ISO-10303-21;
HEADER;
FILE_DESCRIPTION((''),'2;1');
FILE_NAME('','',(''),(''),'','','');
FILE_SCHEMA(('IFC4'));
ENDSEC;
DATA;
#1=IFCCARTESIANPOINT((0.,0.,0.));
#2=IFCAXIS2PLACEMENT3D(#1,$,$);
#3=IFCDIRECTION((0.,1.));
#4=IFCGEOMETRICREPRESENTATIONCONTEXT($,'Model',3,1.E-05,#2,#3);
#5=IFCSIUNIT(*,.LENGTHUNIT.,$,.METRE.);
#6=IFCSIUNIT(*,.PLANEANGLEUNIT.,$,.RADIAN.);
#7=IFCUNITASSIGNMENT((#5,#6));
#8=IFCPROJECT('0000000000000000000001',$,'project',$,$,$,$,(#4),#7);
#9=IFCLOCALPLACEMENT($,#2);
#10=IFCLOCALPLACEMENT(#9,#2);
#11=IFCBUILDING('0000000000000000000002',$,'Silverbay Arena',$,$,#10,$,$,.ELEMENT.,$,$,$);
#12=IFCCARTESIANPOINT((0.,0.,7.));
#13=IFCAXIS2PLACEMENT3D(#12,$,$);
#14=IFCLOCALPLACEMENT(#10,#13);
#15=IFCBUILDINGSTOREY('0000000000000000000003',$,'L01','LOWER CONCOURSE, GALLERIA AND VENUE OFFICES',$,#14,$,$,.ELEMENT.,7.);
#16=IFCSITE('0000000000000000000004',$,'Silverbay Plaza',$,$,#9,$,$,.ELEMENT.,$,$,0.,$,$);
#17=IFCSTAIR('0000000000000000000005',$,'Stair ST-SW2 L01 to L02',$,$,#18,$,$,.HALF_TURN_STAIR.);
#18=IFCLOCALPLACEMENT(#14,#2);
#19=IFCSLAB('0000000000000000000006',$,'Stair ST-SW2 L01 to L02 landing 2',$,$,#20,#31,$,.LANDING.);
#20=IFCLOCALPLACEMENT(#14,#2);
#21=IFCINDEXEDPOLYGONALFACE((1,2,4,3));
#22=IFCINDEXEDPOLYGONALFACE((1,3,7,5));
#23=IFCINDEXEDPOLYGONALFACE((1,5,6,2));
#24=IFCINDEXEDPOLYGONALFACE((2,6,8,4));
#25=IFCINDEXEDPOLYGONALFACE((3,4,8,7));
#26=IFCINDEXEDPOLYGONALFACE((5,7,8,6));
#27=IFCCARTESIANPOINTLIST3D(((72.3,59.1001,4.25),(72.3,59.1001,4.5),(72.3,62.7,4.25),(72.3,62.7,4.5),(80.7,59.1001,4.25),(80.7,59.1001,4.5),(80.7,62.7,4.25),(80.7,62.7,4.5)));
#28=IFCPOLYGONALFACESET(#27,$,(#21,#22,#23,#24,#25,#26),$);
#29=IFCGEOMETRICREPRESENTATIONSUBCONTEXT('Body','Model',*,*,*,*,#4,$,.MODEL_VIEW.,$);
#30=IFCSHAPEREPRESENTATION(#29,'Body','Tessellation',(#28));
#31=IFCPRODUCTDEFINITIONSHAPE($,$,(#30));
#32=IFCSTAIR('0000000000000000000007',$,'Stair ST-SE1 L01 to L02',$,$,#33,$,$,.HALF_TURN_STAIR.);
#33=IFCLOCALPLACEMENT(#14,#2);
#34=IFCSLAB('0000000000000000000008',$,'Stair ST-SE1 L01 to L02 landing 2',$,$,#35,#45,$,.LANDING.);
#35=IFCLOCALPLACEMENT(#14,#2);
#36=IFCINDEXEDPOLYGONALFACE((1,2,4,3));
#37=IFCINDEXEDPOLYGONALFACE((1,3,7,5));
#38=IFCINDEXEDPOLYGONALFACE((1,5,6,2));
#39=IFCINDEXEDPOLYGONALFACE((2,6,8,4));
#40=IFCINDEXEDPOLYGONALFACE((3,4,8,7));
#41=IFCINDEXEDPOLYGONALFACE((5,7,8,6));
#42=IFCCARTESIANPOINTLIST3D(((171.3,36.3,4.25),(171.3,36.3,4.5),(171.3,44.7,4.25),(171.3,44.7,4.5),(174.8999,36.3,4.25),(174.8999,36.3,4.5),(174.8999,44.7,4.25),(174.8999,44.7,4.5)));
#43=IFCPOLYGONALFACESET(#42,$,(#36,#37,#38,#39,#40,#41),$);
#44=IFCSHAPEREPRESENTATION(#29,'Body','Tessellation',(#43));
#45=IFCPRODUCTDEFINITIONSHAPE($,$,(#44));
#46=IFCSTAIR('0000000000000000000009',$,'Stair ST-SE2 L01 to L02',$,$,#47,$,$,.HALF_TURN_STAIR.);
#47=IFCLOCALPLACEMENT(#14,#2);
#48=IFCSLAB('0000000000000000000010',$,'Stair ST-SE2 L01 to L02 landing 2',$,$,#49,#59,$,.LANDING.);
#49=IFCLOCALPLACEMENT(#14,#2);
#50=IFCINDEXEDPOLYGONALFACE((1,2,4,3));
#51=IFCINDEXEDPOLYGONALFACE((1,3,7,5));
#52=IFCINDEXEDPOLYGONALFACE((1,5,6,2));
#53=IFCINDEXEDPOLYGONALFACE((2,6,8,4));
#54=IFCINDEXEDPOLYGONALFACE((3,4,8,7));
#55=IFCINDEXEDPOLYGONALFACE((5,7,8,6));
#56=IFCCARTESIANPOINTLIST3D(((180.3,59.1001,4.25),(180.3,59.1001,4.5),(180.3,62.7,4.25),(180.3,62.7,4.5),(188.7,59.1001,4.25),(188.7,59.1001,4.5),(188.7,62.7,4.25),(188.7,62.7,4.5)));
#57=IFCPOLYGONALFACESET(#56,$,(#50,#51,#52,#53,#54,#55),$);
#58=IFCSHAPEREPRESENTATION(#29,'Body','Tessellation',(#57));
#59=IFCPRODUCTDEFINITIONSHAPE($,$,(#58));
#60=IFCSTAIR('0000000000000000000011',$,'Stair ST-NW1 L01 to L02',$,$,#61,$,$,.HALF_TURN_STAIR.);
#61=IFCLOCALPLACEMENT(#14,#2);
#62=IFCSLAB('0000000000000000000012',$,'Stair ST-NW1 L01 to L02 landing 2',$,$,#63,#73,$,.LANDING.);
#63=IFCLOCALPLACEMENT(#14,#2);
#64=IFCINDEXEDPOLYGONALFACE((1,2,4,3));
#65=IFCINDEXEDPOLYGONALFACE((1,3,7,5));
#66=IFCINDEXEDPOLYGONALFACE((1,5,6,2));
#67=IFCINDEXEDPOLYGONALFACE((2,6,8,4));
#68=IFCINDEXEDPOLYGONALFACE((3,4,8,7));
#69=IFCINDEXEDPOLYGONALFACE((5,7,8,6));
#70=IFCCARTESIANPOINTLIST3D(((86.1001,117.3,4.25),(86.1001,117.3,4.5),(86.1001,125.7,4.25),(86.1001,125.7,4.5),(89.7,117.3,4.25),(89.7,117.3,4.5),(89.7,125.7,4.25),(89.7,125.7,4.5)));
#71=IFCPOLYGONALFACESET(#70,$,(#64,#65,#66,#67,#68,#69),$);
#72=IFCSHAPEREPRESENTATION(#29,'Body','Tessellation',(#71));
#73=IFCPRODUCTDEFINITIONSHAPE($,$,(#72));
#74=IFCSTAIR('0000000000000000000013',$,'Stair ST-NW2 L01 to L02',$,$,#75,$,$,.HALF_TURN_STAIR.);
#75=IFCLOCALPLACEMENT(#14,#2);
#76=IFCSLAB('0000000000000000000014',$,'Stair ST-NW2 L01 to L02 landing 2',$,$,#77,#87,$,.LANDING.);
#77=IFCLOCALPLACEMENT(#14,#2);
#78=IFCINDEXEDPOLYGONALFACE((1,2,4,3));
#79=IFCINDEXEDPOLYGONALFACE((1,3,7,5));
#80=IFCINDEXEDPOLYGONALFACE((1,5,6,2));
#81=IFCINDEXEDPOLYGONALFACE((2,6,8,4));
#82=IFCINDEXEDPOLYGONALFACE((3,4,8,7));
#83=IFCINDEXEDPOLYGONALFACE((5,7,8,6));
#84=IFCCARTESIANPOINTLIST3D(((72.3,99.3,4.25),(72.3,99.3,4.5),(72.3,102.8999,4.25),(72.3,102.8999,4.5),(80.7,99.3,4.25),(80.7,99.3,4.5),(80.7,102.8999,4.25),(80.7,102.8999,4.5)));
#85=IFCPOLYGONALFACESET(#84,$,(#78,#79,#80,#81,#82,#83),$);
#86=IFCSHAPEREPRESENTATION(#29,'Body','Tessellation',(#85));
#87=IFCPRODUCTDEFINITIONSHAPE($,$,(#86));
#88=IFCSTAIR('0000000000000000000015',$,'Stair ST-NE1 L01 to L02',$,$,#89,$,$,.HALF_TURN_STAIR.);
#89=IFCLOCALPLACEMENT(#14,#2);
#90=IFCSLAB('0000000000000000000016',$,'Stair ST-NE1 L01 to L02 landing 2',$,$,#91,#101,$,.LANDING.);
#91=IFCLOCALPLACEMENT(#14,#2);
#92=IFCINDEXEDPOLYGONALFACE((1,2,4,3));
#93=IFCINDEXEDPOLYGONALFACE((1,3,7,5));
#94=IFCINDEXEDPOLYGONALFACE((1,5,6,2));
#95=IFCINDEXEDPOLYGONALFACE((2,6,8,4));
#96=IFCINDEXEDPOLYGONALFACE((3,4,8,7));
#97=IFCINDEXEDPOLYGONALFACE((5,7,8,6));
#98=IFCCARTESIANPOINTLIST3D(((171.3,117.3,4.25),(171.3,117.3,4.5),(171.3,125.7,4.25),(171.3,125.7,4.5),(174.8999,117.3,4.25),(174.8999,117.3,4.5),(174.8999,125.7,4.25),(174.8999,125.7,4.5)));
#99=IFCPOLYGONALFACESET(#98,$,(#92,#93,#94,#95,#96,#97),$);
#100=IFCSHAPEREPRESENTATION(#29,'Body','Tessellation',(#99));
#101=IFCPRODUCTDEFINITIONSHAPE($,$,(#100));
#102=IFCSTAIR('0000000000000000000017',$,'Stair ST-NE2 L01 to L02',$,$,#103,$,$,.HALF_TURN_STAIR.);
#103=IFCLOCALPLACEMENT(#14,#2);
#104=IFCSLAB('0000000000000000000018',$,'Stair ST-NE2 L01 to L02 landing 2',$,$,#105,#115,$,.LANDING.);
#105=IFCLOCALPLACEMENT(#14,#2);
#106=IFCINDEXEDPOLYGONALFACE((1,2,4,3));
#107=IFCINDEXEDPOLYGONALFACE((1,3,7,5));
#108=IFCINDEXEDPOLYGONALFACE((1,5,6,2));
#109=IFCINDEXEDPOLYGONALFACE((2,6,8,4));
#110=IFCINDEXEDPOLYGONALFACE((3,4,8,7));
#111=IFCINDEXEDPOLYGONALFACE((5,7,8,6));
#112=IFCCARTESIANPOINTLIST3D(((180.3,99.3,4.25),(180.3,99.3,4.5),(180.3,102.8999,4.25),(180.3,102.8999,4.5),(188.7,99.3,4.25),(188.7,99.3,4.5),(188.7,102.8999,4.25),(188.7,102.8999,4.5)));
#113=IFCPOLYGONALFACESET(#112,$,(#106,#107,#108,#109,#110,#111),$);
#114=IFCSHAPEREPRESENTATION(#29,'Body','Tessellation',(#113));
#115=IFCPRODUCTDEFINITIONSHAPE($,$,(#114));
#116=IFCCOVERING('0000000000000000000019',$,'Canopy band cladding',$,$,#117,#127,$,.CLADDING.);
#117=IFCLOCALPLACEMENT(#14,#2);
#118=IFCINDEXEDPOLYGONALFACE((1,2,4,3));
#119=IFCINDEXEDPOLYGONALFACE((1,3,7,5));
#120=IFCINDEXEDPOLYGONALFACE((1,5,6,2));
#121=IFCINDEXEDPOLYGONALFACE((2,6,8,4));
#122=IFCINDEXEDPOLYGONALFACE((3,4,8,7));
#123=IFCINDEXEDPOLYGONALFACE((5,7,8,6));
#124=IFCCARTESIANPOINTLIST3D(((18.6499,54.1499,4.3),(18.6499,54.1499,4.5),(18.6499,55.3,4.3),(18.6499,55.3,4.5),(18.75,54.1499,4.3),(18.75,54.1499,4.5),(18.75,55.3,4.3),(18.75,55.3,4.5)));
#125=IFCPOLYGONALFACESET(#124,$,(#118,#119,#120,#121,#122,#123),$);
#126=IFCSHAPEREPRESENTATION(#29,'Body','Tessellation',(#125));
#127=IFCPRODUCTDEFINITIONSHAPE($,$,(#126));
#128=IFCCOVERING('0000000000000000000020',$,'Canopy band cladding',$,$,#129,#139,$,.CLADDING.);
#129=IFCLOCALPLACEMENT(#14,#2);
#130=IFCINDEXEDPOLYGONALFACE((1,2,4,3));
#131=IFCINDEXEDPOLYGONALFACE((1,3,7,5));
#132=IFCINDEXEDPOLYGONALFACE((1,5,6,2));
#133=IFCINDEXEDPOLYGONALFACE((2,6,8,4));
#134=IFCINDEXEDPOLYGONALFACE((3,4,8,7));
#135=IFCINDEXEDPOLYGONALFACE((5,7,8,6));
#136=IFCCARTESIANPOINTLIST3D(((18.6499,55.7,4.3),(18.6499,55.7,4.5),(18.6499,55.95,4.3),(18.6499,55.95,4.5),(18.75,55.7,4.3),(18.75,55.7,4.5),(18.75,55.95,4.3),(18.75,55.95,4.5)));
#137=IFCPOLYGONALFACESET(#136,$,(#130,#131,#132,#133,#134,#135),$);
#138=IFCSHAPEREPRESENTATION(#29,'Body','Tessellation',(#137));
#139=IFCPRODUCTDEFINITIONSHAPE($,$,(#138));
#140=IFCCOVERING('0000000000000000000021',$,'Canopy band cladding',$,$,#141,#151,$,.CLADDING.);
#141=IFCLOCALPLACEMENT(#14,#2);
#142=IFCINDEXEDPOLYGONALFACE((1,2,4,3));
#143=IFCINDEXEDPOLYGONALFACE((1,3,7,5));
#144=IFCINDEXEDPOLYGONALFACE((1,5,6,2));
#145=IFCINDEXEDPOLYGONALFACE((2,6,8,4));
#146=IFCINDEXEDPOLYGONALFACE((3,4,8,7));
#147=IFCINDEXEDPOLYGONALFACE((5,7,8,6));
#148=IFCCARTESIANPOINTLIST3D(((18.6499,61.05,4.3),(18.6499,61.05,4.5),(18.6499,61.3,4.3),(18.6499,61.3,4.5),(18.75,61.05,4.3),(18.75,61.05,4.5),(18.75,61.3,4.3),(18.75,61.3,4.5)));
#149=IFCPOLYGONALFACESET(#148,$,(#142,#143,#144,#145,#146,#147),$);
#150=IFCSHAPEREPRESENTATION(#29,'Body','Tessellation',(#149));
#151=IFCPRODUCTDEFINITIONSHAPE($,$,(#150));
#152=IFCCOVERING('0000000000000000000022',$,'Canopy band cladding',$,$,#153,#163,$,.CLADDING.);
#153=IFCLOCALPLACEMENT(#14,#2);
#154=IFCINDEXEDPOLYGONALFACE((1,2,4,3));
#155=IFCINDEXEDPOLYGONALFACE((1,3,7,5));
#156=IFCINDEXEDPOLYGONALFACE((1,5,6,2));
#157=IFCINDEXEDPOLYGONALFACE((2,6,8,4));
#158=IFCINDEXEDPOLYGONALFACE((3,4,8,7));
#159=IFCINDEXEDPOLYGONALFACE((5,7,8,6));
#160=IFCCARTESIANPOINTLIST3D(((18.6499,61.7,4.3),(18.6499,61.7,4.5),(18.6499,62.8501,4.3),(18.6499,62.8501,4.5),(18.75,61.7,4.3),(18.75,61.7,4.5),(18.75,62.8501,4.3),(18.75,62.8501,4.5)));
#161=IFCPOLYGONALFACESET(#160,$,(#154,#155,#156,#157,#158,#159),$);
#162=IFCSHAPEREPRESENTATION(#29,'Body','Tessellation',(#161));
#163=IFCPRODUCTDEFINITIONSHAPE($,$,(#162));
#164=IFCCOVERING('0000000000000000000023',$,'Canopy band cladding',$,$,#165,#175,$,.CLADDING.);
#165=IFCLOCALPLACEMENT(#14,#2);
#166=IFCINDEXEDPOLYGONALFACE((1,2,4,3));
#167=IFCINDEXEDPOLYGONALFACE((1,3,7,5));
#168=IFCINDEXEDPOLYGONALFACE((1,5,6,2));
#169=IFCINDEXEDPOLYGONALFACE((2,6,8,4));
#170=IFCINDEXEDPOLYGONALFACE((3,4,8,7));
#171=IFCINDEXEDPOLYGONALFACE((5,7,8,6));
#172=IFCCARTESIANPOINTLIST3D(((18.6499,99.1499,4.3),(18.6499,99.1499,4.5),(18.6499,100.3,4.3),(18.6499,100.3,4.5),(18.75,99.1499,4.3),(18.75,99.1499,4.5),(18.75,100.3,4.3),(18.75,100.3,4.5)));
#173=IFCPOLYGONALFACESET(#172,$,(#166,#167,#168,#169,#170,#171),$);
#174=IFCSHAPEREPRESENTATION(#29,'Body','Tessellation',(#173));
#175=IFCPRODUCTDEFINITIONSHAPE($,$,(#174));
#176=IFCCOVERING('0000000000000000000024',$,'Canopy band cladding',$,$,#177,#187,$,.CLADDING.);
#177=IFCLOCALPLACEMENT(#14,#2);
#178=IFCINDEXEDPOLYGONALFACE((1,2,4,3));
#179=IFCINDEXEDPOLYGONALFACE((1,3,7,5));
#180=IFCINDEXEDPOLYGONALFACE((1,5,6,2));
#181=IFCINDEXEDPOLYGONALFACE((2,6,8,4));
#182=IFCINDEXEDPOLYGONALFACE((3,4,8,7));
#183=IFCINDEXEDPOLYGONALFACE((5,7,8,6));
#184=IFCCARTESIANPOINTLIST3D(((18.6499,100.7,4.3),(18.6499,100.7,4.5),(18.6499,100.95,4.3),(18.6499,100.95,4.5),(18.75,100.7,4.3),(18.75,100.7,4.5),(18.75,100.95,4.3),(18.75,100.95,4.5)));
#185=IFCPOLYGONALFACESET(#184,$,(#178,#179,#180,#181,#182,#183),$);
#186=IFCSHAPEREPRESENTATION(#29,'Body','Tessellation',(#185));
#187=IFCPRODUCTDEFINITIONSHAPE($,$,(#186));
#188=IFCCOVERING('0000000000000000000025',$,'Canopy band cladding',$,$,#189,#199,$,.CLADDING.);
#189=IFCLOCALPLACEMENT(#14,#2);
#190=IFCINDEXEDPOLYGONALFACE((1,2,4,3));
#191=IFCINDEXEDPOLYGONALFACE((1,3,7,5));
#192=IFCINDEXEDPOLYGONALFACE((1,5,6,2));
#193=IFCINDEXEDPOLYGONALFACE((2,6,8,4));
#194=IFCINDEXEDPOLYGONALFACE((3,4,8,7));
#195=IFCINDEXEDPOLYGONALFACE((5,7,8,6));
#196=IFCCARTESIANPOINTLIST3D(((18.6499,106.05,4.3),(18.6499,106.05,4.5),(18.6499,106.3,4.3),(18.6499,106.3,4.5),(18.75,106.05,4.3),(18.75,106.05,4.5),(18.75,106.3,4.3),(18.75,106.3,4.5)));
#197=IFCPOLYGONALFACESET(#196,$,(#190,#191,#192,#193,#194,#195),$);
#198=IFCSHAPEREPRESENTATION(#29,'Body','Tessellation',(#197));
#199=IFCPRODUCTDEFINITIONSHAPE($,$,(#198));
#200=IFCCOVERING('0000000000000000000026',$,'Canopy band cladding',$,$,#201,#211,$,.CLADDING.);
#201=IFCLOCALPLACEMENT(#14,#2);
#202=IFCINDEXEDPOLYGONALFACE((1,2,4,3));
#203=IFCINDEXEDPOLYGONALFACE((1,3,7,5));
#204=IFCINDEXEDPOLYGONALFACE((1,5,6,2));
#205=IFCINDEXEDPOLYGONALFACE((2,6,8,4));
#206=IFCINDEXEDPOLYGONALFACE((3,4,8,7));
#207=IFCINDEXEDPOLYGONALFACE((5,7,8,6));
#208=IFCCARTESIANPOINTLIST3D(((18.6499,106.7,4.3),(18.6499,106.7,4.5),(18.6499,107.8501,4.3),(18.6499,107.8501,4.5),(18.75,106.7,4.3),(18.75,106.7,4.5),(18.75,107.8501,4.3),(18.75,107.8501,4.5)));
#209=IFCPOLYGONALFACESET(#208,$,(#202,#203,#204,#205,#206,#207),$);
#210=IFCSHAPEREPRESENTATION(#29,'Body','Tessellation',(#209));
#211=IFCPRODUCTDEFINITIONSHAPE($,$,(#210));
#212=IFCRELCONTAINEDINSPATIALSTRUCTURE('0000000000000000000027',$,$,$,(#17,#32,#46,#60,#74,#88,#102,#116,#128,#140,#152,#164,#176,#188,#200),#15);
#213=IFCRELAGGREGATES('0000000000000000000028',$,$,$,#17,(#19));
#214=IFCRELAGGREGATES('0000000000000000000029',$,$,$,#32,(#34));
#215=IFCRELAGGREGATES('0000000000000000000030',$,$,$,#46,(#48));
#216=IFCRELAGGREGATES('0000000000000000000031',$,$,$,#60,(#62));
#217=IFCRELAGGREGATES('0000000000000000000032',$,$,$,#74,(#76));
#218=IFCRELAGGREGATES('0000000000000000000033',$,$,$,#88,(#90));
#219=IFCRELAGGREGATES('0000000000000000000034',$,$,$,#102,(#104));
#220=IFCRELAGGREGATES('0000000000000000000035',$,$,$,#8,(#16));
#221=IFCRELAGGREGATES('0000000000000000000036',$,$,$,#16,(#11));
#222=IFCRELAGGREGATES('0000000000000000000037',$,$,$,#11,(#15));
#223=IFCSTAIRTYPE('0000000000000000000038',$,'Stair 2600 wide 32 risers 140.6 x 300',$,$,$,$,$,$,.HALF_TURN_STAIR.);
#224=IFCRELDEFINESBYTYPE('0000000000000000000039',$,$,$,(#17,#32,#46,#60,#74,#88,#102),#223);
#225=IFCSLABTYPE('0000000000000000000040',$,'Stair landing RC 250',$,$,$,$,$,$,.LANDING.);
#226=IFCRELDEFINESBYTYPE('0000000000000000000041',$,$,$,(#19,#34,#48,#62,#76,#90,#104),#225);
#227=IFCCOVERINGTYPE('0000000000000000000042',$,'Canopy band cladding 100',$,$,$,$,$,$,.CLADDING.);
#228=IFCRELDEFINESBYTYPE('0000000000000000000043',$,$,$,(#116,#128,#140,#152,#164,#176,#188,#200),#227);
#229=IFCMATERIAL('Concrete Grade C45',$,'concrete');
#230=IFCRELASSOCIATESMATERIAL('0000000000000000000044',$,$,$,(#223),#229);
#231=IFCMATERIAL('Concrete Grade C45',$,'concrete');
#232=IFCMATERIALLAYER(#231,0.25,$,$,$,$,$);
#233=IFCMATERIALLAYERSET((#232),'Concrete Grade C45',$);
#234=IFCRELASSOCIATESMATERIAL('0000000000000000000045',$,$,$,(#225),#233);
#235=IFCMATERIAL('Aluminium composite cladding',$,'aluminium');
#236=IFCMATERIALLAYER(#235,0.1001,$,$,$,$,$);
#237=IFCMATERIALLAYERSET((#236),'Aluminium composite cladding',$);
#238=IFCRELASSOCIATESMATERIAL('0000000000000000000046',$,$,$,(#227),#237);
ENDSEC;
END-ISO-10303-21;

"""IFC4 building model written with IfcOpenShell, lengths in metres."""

from ifc_helpers import new_model, si_unit, direction, frame, origin, place, context, subcontext, project, spatial, polyline, outline, extrude, material, layer, layer_set, type_object, element, aggregate, save


model = new_model("IFC4")

# Units and contexts
model_context = context("Model", 3, precision=1e-05, world=origin(), true_north=direction((0.0, 1.0)))
body_context = subcontext(model_context, "Body", "Model", "MODEL_VIEW")
ifc_project = project(units=[si_unit("LENGTHUNIT", "METRE"), si_unit("PLANEANGLEUNIT", "RADIAN")], contexts=[model_context])

# Site, building, storey
site_placement = place(None, origin())
site = spatial("IfcSite", under=ifc_project, at=site_placement, Name="Silverbay Plaza", CompositionType="ELEMENT", RefElevation=0.0)
building_placement = place(site_placement, origin())
building = spatial("IfcBuilding", under=site, at=building_placement, Name="Silverbay Arena", CompositionType="ELEMENT")
storey_placement = place(building_placement, frame((0.0, 0.0, 7.0)))
storey = spatial("IfcBuildingStorey", under=building, at=storey_placement, Name="L01", Description="LOWER CONCOURSE, GALLERIA AND VENUE OFFICES", CompositionType="ELEMENT", Elevation=7.0)

# Stairs, slabs
ifc_material_1 = material(Name="Concrete Grade C45", Category="concrete")
stair_type = type_object("IfcStairType", Name="Stair 2600 wide 32 risers 140.6 x 300", PredefinedType="HALF_TURN_STAIR", material=ifc_material_1)
ifc_material_2 = material(Name="Concrete Grade C45", Category="concrete")
ifc_layer_1 = layer(ifc_material_2, 0.25)
ifc_layer_set_1 = layer_set([ifc_layer_1], Name="Concrete Grade C45")
slab_type = type_object("IfcSlabType", Name="Stair landing RC 250", PredefinedType="LANDING", material=ifc_layer_set_1)
stair_1_placement = place(storey_placement, origin())
stair_1 = element("IfcStair", 1, at=stair_1_placement, inside=storey, type_object=stair_type, Name="Stair ST-SW2 L01 to L02", PredefinedType="HALF_TURN_STAIR")
slab_1_placement = place(storey_placement, frame((0.0, 0.0, 4.25)))
slab_1 = element("IfcSlab", 2, at=slab_1_placement, type_object=slab_type, Name="Stair ST-SW2 L01 to L02 landing 2", PredefinedType="LANDING", context=body_context, shape_type="SweptSolid", body=[
    extrude(outline(polyline([(80.7, 62.7), (80.7, 59.1001), (72.3, 59.1001), (72.3, 62.7), (80.7, 62.7)])), origin(), (0.0, 0.0, 1.0), 0.25),
])
aggregate(stair_1, [slab_1])
stair_2_placement = place(storey_placement, origin())
stair_2 = element("IfcStair", 3, at=stair_2_placement, inside=storey, type_object=stair_type, Name="Stair ST-SE1 L01 to L02", PredefinedType="HALF_TURN_STAIR")
slab_2_placement = place(storey_placement, frame((0.0, 0.0, 4.25)))
slab_2 = element("IfcSlab", 4, at=slab_2_placement, type_object=slab_type, Name="Stair ST-SE1 L01 to L02 landing 2", PredefinedType="LANDING", context=body_context, shape_type="SweptSolid", body=[
    extrude(outline(polyline([(171.3, 44.7), (174.8999, 44.7), (174.8999, 36.3), (171.3, 36.3), (171.3, 44.7)])), origin(), (0.0, 0.0, 1.0), 0.25),
])
aggregate(stair_2, [slab_2])
stair_3_placement = place(storey_placement, origin())
stair_3 = element("IfcStair", 5, at=stair_3_placement, inside=storey, type_object=stair_type, Name="Stair ST-SE2 L01 to L02", PredefinedType="HALF_TURN_STAIR")
slab_3_placement = place(storey_placement, frame((0.0, 0.0, 4.25)))
slab_3 = element("IfcSlab", 6, at=slab_3_placement, type_object=slab_type, Name="Stair ST-SE2 L01 to L02 landing 2", PredefinedType="LANDING", context=body_context, shape_type="SweptSolid", body=[
    extrude(outline(polyline([(180.3, 62.7), (180.3, 59.1001), (188.7, 59.1001), (188.7, 62.7), (180.3, 62.7)])), origin(), (0.0, 0.0, 1.0), 0.25),
])
aggregate(stair_3, [slab_3])
stair_4_placement = place(storey_placement, origin())
stair_4 = element("IfcStair", 7, at=stair_4_placement, inside=storey, type_object=stair_type, Name="Stair ST-NW1 L01 to L02", PredefinedType="HALF_TURN_STAIR")
slab_4_placement = place(storey_placement, frame((0.0, 0.0, 4.25)))
slab_4 = element("IfcSlab", 8, at=slab_4_placement, type_object=slab_type, Name="Stair ST-NW1 L01 to L02 landing 2", PredefinedType="LANDING", context=body_context, shape_type="SweptSolid", body=[
    extrude(outline(polyline([(89.7, 117.3), (86.1001, 117.3), (86.1001, 125.7), (89.7, 125.7), (89.7, 117.3)])), origin(), (0.0, 0.0, 1.0), 0.25),
])
aggregate(stair_4, [slab_4])
stair_5_placement = place(storey_placement, origin())
stair_5 = element("IfcStair", 9, at=stair_5_placement, inside=storey, type_object=stair_type, Name="Stair ST-NW2 L01 to L02", PredefinedType="HALF_TURN_STAIR")
slab_5_placement = place(storey_placement, frame((0.0, 0.0, 4.25)))
slab_5 = element("IfcSlab", 10, at=slab_5_placement, type_object=slab_type, Name="Stair ST-NW2 L01 to L02 landing 2", PredefinedType="LANDING", context=body_context, shape_type="SweptSolid", body=[
    extrude(outline(polyline([(80.7, 99.3), (80.7, 102.8999), (72.3, 102.8999), (72.3, 99.3), (80.7, 99.3)])), origin(), (0.0, 0.0, 1.0), 0.25),
])
aggregate(stair_5, [slab_5])
stair_6_placement = place(storey_placement, origin())
stair_6 = element("IfcStair", 11, at=stair_6_placement, inside=storey, type_object=stair_type, Name="Stair ST-NE1 L01 to L02", PredefinedType="HALF_TURN_STAIR")
slab_6_placement = place(storey_placement, frame((0.0, 0.0, 4.25)))
slab_6 = element("IfcSlab", 12, at=slab_6_placement, type_object=slab_type, Name="Stair ST-NE1 L01 to L02 landing 2", PredefinedType="LANDING", context=body_context, shape_type="SweptSolid", body=[
    extrude(outline(polyline([(171.3, 117.3), (174.8999, 117.3), (174.8999, 125.7), (171.3, 125.7), (171.3, 117.3)])), origin(), (0.0, 0.0, 1.0), 0.25),
])
aggregate(stair_6, [slab_6])
stair_7_placement = place(storey_placement, origin())
stair_7 = element("IfcStair", 13, at=stair_7_placement, inside=storey, type_object=stair_type, Name="Stair ST-NE2 L01 to L02", PredefinedType="HALF_TURN_STAIR")
slab_7_placement = place(storey_placement, frame((0.0, 0.0, 4.25)))
slab_7 = element("IfcSlab", 14, at=slab_7_placement, type_object=slab_type, Name="Stair ST-NE2 L01 to L02 landing 2", PredefinedType="LANDING", context=body_context, shape_type="SweptSolid", body=[
    extrude(outline(polyline([(180.3, 99.3), (180.3, 102.8999), (188.7, 102.8999), (188.7, 99.3), (180.3, 99.3)])), origin(), (0.0, 0.0, 1.0), 0.25),
])
aggregate(stair_7, [slab_7])

# Coverings
ifc_material_3 = material(Name="Aluminium composite cladding", Category="aluminium")
ifc_layer_2 = layer(ifc_material_3, 0.1001)
ifc_layer_set_2 = layer_set([ifc_layer_2], Name="Aluminium composite cladding")
covering_type = type_object("IfcCoveringType", Name="Canopy band cladding 100", PredefinedType="CLADDING", material=ifc_layer_set_2)
covering_1_placement = place(storey_placement, frame((0.0, 0.0, 4.3)))
element("IfcCovering", 15, at=covering_1_placement, inside=storey, type_object=covering_type, Name="Canopy band cladding", PredefinedType="CLADDING", context=body_context, shape_type="SweptSolid", body=[
    extrude(outline(polyline([(18.6499, 54.1499), (18.75, 54.1499), (18.75, 55.3), (18.6499, 55.3), (18.6499, 54.1499)])), origin(), (0.0, 0.0, 1.0), 0.2),
])
covering_2_placement = place(storey_placement, frame((0.0, 0.0, 4.3)))
element("IfcCovering", 16, at=covering_2_placement, inside=storey, type_object=covering_type, Name="Canopy band cladding", PredefinedType="CLADDING", context=body_context, shape_type="SweptSolid", body=[
    extrude(outline(polyline([(18.6499, 55.7), (18.75, 55.7), (18.75, 55.95), (18.6499, 55.95), (18.6499, 55.7)])), origin(), (0.0, 0.0, 1.0), 0.2),
])
covering_3_placement = place(storey_placement, frame((0.0, 0.0, 4.3)))
element("IfcCovering", 17, at=covering_3_placement, inside=storey, type_object=covering_type, Name="Canopy band cladding", PredefinedType="CLADDING", context=body_context, shape_type="SweptSolid", body=[
    extrude(outline(polyline([(18.6499, 61.05), (18.75, 61.05), (18.75, 61.3), (18.6499, 61.3), (18.6499, 61.05)])), origin(), (0.0, 0.0, 1.0), 0.2),
])
covering_4_placement = place(storey_placement, frame((0.0, 0.0, 4.3)))
element("IfcCovering", 18, at=covering_4_placement, inside=storey, type_object=covering_type, Name="Canopy band cladding", PredefinedType="CLADDING", context=body_context, shape_type="SweptSolid", body=[
    extrude(outline(polyline([(18.6499, 61.7), (18.75, 61.7), (18.75, 62.8501), (18.6499, 62.8501), (18.6499, 61.7)])), origin(), (0.0, 0.0, 1.0), 0.2),
])
covering_5_placement = place(storey_placement, frame((0.0, 0.0, 4.3)))
element("IfcCovering", 19, at=covering_5_placement, inside=storey, type_object=covering_type, Name="Canopy band cladding", PredefinedType="CLADDING", context=body_context, shape_type="SweptSolid", body=[
    extrude(outline(polyline([(18.6499, 99.1499), (18.75, 99.1499), (18.75, 100.3), (18.6499, 100.3), (18.6499, 99.1499)])), origin(), (0.0, 0.0, 1.0), 0.2),
])
covering_6_placement = place(storey_placement, frame((0.0, 0.0, 4.3)))
element("IfcCovering", 20, at=covering_6_placement, inside=storey, type_object=covering_type, Name="Canopy band cladding", PredefinedType="CLADDING", context=body_context, shape_type="SweptSolid", body=[
    extrude(outline(polyline([(18.6499, 100.7), (18.75, 100.7), (18.75, 100.95), (18.6499, 100.95), (18.6499, 100.7)])), origin(), (0.0, 0.0, 1.0), 0.2),
])
covering_7_placement = place(storey_placement, frame((0.0, 0.0, 4.3)))
element("IfcCovering", 21, at=covering_7_placement, inside=storey, type_object=covering_type, Name="Canopy band cladding", PredefinedType="CLADDING", context=body_context, shape_type="SweptSolid", body=[
    extrude(outline(polyline([(18.6499, 106.05), (18.75, 106.05), (18.75, 106.3), (18.6499, 106.3), (18.6499, 106.05)])), origin(), (0.0, 0.0, 1.0), 0.2),
])
covering_8_placement = place(storey_placement, frame((0.0, 0.0, 4.3)))
element("IfcCovering", 22, at=covering_8_placement, inside=storey, type_object=covering_type, Name="Canopy band cladding", PredefinedType="CLADDING", context=body_context, shape_type="SweptSolid", body=[
    extrude(outline(polyline([(18.6499, 106.7), (18.75, 106.7), (18.75, 107.8501), (18.6499, 107.8501), (18.6499, 106.7)])), origin(), (0.0, 0.0, 1.0), 0.2),
])

save(model, "model.ifc")
